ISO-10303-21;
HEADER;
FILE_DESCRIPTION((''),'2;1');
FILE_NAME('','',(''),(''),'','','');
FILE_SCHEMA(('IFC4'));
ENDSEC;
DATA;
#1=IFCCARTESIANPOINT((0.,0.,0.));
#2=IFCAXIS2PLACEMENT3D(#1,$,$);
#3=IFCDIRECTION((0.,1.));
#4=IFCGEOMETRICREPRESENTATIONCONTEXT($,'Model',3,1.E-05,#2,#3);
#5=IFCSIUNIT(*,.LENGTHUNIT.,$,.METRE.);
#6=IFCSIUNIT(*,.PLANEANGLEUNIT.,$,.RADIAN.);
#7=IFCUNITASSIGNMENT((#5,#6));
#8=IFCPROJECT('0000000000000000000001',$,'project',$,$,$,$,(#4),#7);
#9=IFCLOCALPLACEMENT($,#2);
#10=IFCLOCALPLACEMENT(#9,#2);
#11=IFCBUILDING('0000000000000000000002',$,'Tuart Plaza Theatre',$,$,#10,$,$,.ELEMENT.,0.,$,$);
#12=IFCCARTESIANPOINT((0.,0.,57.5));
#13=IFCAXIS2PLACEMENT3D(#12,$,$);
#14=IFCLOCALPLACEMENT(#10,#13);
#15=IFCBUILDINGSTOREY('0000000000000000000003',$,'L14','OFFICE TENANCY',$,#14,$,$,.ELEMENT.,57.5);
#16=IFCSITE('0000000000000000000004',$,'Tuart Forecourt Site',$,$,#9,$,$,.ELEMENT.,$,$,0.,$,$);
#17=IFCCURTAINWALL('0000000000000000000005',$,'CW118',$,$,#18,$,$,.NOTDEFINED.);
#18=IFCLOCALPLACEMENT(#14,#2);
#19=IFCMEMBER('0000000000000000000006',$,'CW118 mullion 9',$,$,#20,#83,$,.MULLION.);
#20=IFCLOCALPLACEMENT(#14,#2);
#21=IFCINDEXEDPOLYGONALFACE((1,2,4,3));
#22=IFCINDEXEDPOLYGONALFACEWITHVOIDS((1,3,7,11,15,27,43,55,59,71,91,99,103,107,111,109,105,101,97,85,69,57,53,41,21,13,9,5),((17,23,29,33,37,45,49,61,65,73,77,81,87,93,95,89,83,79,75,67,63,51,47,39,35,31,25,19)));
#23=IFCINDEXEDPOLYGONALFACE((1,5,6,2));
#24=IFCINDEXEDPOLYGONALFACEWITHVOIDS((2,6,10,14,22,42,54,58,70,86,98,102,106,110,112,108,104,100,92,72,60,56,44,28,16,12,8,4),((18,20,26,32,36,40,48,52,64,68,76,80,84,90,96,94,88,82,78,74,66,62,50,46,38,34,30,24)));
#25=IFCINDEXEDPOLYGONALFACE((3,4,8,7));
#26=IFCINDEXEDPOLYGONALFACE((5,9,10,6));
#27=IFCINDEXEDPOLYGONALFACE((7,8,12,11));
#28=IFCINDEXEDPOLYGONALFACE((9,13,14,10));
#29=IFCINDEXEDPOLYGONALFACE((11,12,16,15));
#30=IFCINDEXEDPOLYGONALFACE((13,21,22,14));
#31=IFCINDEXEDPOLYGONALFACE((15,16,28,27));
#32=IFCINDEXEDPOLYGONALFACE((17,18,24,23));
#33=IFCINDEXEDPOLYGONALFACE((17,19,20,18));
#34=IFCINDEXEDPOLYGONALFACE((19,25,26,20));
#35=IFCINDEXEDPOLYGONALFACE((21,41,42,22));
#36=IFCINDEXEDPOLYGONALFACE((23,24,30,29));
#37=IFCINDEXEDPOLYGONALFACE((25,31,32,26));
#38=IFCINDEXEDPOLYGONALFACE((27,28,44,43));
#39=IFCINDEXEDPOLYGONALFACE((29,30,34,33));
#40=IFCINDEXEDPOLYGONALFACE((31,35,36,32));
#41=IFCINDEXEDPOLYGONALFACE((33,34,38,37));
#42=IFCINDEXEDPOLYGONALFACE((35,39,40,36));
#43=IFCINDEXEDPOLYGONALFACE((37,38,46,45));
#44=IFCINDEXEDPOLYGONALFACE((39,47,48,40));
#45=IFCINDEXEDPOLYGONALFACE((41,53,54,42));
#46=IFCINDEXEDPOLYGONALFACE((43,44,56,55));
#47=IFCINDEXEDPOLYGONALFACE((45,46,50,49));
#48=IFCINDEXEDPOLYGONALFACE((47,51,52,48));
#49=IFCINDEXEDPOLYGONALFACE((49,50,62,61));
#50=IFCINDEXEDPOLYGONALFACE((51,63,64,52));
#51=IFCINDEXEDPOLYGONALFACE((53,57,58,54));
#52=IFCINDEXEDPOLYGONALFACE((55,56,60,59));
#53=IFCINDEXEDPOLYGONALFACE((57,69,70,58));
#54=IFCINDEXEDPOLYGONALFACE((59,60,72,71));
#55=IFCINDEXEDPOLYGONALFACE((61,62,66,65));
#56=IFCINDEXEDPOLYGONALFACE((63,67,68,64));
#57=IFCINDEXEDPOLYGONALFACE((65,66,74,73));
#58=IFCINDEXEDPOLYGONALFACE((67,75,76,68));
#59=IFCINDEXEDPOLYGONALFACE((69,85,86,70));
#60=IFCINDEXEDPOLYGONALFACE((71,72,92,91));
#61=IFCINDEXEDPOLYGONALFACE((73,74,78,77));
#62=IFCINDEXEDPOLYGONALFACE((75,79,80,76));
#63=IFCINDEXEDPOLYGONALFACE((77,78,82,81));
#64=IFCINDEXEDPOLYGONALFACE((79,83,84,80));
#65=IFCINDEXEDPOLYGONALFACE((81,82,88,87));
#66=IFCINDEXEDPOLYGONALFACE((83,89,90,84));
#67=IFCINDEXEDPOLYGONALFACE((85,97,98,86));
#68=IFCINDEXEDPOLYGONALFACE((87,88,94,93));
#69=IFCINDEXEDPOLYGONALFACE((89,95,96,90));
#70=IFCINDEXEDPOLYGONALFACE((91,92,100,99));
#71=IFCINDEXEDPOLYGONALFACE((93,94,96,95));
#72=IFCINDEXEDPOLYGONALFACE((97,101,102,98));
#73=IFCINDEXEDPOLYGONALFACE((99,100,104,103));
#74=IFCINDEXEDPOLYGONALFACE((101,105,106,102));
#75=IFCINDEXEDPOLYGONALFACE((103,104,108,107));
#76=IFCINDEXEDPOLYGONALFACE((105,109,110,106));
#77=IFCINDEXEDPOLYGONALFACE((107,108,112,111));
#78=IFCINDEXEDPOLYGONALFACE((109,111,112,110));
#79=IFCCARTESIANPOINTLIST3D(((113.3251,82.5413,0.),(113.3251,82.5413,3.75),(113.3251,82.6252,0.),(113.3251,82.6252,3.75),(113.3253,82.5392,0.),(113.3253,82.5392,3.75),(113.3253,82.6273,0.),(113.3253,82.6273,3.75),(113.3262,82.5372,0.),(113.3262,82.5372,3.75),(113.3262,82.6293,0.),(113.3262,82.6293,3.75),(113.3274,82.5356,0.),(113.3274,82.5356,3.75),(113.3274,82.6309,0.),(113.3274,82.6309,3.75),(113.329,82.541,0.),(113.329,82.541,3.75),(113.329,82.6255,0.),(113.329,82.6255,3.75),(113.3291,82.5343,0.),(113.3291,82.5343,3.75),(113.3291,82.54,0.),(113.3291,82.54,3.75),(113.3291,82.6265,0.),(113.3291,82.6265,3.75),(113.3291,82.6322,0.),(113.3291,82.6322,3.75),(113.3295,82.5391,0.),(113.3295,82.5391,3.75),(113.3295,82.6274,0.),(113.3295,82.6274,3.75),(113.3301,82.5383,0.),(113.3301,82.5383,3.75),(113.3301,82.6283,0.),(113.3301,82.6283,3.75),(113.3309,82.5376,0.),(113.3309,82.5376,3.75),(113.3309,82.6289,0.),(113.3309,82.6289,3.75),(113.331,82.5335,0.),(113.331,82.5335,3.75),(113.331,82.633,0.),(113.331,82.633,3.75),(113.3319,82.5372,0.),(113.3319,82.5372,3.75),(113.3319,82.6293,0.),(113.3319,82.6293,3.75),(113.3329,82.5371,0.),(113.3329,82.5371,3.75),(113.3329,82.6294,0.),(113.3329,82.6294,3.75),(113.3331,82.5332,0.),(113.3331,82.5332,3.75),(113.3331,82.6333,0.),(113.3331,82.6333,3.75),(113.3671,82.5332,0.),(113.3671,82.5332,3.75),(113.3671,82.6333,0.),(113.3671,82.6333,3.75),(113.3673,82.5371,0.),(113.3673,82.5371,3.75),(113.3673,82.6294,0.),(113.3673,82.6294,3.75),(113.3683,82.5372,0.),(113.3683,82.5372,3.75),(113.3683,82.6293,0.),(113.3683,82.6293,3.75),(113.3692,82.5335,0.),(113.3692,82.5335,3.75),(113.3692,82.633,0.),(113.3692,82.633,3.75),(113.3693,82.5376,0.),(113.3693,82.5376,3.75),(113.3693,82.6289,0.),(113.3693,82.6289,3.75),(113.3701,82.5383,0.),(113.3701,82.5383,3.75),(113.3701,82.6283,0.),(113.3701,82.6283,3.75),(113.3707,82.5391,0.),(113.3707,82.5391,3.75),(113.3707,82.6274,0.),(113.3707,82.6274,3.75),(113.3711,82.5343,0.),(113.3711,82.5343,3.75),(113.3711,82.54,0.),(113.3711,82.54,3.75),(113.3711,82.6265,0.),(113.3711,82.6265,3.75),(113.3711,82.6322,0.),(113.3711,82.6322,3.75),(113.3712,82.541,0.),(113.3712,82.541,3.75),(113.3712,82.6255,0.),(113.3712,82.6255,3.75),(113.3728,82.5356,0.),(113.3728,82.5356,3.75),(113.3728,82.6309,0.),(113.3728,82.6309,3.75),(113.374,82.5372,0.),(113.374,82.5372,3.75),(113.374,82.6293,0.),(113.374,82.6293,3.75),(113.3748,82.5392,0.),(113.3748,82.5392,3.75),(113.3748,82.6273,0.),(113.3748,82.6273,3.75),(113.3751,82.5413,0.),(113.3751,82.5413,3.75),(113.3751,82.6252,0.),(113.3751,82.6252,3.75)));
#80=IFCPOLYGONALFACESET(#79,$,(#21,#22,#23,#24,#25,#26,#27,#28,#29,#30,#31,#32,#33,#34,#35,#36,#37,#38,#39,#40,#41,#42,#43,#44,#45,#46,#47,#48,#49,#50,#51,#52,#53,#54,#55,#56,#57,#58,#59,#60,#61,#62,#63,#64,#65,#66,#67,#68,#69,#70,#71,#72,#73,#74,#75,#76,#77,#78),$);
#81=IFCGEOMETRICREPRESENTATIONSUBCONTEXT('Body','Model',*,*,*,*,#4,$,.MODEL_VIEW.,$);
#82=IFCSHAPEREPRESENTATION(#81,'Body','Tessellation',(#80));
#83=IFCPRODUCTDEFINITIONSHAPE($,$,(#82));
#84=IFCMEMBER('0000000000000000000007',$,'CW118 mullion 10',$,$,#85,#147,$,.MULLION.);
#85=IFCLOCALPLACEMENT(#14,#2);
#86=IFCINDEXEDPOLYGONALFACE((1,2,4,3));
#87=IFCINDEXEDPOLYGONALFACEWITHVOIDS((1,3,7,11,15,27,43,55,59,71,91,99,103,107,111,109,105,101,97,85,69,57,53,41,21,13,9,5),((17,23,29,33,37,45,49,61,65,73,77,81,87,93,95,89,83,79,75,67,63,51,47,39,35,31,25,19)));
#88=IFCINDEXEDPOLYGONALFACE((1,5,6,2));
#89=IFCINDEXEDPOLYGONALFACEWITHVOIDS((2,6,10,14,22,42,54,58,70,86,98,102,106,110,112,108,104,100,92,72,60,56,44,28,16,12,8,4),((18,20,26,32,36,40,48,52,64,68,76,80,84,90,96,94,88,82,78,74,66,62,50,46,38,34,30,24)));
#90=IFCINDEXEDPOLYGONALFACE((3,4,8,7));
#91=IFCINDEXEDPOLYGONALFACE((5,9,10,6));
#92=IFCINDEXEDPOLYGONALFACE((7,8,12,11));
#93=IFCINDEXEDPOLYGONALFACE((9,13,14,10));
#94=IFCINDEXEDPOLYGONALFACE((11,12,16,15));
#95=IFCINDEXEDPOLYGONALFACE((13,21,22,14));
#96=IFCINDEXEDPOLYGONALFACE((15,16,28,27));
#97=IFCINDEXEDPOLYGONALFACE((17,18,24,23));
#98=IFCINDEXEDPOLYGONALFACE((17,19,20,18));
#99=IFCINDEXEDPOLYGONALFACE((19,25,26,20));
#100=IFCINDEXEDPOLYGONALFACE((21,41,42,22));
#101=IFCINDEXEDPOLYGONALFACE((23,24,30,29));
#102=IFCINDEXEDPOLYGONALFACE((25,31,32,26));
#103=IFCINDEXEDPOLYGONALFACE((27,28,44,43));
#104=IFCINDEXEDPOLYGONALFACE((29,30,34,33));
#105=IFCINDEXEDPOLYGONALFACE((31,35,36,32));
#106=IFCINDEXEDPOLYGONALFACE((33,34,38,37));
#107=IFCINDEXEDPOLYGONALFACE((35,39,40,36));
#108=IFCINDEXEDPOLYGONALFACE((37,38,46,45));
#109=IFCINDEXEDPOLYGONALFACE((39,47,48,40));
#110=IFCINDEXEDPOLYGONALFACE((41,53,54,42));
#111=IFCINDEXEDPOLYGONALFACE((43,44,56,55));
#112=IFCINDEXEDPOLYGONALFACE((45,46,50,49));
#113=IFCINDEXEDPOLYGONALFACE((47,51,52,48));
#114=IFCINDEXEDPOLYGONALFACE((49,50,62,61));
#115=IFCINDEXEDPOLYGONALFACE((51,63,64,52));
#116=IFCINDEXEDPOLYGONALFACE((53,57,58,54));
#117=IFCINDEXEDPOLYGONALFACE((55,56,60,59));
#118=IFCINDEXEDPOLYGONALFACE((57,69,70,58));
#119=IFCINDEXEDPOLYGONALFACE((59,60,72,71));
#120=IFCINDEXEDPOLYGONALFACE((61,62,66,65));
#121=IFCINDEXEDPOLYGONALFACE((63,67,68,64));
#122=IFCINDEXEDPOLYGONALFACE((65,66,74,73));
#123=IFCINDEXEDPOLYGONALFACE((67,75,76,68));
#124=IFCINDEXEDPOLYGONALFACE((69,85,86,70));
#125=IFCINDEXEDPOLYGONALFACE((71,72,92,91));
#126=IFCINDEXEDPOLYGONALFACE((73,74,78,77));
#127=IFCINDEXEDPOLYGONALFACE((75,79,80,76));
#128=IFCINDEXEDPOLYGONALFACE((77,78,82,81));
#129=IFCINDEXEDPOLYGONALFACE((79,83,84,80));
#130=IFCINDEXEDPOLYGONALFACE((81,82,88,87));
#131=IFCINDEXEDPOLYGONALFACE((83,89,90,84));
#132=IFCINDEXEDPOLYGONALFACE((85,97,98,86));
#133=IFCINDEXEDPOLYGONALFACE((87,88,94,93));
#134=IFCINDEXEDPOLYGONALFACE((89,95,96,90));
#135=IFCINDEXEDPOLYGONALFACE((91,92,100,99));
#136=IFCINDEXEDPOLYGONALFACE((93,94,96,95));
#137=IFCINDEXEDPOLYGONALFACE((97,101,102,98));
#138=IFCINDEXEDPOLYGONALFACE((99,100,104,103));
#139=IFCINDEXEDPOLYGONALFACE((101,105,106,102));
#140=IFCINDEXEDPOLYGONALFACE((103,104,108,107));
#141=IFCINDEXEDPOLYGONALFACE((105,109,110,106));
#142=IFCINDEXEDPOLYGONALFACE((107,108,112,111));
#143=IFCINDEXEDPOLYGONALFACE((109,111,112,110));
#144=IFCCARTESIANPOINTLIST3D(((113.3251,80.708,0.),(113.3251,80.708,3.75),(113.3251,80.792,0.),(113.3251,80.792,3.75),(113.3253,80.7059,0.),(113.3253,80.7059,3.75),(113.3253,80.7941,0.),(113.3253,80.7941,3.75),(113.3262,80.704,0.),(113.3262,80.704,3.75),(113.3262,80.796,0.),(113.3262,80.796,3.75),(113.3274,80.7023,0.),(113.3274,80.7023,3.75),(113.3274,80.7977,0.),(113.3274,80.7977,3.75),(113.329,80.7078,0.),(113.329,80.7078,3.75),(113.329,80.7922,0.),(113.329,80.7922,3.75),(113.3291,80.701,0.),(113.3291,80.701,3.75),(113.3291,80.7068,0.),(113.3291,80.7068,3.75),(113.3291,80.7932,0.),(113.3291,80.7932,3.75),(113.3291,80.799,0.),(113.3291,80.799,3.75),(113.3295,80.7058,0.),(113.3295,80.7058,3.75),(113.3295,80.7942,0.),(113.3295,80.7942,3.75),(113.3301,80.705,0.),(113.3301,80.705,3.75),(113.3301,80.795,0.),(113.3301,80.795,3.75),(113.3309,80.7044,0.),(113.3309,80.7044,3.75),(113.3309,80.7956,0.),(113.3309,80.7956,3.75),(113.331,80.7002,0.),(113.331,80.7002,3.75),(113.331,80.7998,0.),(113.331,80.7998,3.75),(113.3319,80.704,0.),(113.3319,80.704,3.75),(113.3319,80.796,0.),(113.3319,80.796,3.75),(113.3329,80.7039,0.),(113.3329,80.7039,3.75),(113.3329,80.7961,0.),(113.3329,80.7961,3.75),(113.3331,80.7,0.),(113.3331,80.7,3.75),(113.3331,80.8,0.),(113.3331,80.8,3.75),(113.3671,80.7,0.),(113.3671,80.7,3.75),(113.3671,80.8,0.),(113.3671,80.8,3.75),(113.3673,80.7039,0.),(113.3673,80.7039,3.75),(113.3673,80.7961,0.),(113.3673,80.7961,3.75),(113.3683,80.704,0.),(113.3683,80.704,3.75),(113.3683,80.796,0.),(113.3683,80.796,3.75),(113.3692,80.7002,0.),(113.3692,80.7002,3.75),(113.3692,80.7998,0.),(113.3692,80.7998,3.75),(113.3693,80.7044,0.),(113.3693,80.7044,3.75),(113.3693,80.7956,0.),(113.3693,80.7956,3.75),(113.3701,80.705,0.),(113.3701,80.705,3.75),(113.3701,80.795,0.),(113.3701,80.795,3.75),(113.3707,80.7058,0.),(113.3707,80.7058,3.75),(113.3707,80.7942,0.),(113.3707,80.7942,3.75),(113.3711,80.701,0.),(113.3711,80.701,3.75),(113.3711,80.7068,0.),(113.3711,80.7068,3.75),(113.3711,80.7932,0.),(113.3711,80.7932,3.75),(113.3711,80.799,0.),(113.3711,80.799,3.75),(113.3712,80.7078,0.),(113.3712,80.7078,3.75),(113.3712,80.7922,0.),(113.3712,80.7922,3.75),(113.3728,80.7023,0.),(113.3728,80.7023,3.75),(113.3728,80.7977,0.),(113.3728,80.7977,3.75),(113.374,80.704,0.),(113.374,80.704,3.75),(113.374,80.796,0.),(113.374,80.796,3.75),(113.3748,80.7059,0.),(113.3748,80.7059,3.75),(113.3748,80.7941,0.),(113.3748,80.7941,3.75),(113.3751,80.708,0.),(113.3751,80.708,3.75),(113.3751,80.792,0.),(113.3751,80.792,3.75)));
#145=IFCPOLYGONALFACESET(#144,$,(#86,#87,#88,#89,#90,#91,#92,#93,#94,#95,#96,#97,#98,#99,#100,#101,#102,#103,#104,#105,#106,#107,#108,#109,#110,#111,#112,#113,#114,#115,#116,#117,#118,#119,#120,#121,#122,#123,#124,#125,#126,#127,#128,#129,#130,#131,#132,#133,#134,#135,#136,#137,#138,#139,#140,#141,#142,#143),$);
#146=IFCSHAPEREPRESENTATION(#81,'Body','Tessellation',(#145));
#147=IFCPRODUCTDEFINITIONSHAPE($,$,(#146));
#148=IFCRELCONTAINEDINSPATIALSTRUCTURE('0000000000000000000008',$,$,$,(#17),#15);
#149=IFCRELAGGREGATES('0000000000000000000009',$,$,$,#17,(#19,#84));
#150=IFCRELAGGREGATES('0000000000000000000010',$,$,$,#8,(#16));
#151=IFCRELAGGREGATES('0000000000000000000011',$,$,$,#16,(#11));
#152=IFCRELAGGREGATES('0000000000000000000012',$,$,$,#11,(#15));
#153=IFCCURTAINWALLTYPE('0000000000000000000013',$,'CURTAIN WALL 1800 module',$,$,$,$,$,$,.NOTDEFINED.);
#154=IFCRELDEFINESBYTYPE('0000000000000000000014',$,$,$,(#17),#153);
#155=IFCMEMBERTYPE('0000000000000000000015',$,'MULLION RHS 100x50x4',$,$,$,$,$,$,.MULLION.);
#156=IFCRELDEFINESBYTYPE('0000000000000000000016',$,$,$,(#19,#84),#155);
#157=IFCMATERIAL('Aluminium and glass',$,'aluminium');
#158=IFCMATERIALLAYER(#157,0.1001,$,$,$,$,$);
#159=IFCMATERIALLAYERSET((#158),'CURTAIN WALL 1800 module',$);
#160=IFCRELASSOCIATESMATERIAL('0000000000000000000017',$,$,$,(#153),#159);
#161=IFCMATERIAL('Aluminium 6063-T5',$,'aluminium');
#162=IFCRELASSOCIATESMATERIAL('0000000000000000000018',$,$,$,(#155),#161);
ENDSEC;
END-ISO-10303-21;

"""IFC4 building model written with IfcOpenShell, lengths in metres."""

from ifc_helpers import new_model, si_unit, direction, frame, origin, origin_2d, place, context, subcontext, project, spatial, hollow_rectangle, extrude, material, layer, layer_set, material_profile, profile_set, type_object, element, aggregate, save


model = new_model("IFC4")

# Units and contexts
model_context = context("Model", 3, precision=1e-05, world=origin(), true_north=direction((0.0, 1.0)))
body_context = subcontext(model_context, "Body", "Model", "MODEL_VIEW")
ifc_project = project(units=[si_unit("LENGTHUNIT", "METRE"), si_unit("PLANEANGLEUNIT", "RADIAN")], contexts=[model_context])

# Site, building, storey
site_placement = place(None, origin())
site = spatial("IfcSite", under=ifc_project, at=site_placement, Name="Tuart Forecourt Site", CompositionType="ELEMENT", RefElevation=0.0)
building_placement = place(site_placement, origin())
building = spatial("IfcBuilding", under=site, at=building_placement, Name="Tuart Plaza Theatre", CompositionType="ELEMENT", ElevationOfRefHeight=0.0)
storey_placement = place(building_placement, frame((0.0, 0.0, 57.5)))
storey = spatial("IfcBuildingStorey", under=building, at=storey_placement, Name="L14", Description="OFFICE TENANCY", CompositionType="ELEMENT", Elevation=57.5)

# Curtain wall, members
ifc_material_1 = material(Name="Aluminium and glass", Category="aluminium")
ifc_layer_1 = layer(ifc_material_1, 0.1001)
ifc_layer_set_1 = layer_set([ifc_layer_1], Name="CURTAIN WALL 1800 module")
curtain_wall_type = type_object("IfcCurtainWallType", Name="CURTAIN WALL 1800 module", PredefinedType="NOTDEFINED", material=ifc_layer_set_1)
curtain_wall_placement = place(storey_placement, origin())
curtain_wall = element("IfcCurtainWall", 1, at=curtain_wall_placement, inside=storey, type_object=curtain_wall_type, Name="CW118", PredefinedType="NOTDEFINED")
ifc_material_2 = material(Name="Aluminium 6063-T5", Category="aluminium")
ifc_material_profile = material_profile(ifc_material_2, hollow_rectangle(XDim=0.05, YDim=0.1001, WallThickness=0.0039, InnerFilletRadius=0.0039, OuterFilletRadius=0.0081, at=origin_2d()), Name="RHS 100x50x4")
ifc_profile_set = profile_set([ifc_material_profile], Name="Aluminium 6063-T5")
member_type = type_object("IfcMemberType", Name="MULLION RHS 100x50x4", PredefinedType="MULLION", material=ifc_profile_set)
member_1_placement = place(storey_placement, frame((113.3501, 82.5833, 0.0), z_axis=(0.0, 0.0, 1.0), x_axis=(1.0, 0.0, 0.0)))
member_1 = element("IfcMember", 2, at=member_1_placement, type_object=member_type, Name="CW118 mullion 9", PredefinedType="MULLION", context=body_context, shape_type="SweptSolid", body=[
    extrude(hollow_rectangle(XDim=0.05, YDim=0.1001, WallThickness=0.0039, InnerFilletRadius=0.0039, OuterFilletRadius=0.0081, at=origin_2d()), origin(), (0.0, 0.0, 1.0), 3.75),
])
member_2_placement = place(storey_placement, frame((113.3501, 80.75, 0.0), z_axis=(0.0, 0.0, 1.0), x_axis=(1.0, 0.0, 0.0)))
member_2 = element("IfcMember", 3, at=member_2_placement, type_object=member_type, Name="CW118 mullion 10", PredefinedType="MULLION", context=body_context, shape_type="SweptSolid", body=[
    extrude(hollow_rectangle(XDim=0.05, YDim=0.1001, WallThickness=0.0039, InnerFilletRadius=0.0039, OuterFilletRadius=0.0081, at=origin_2d()), origin(), (0.0, 0.0, 1.0), 3.75),
])
aggregate(curtain_wall, [member_1, member_2])

save(model, "model.ifc")
